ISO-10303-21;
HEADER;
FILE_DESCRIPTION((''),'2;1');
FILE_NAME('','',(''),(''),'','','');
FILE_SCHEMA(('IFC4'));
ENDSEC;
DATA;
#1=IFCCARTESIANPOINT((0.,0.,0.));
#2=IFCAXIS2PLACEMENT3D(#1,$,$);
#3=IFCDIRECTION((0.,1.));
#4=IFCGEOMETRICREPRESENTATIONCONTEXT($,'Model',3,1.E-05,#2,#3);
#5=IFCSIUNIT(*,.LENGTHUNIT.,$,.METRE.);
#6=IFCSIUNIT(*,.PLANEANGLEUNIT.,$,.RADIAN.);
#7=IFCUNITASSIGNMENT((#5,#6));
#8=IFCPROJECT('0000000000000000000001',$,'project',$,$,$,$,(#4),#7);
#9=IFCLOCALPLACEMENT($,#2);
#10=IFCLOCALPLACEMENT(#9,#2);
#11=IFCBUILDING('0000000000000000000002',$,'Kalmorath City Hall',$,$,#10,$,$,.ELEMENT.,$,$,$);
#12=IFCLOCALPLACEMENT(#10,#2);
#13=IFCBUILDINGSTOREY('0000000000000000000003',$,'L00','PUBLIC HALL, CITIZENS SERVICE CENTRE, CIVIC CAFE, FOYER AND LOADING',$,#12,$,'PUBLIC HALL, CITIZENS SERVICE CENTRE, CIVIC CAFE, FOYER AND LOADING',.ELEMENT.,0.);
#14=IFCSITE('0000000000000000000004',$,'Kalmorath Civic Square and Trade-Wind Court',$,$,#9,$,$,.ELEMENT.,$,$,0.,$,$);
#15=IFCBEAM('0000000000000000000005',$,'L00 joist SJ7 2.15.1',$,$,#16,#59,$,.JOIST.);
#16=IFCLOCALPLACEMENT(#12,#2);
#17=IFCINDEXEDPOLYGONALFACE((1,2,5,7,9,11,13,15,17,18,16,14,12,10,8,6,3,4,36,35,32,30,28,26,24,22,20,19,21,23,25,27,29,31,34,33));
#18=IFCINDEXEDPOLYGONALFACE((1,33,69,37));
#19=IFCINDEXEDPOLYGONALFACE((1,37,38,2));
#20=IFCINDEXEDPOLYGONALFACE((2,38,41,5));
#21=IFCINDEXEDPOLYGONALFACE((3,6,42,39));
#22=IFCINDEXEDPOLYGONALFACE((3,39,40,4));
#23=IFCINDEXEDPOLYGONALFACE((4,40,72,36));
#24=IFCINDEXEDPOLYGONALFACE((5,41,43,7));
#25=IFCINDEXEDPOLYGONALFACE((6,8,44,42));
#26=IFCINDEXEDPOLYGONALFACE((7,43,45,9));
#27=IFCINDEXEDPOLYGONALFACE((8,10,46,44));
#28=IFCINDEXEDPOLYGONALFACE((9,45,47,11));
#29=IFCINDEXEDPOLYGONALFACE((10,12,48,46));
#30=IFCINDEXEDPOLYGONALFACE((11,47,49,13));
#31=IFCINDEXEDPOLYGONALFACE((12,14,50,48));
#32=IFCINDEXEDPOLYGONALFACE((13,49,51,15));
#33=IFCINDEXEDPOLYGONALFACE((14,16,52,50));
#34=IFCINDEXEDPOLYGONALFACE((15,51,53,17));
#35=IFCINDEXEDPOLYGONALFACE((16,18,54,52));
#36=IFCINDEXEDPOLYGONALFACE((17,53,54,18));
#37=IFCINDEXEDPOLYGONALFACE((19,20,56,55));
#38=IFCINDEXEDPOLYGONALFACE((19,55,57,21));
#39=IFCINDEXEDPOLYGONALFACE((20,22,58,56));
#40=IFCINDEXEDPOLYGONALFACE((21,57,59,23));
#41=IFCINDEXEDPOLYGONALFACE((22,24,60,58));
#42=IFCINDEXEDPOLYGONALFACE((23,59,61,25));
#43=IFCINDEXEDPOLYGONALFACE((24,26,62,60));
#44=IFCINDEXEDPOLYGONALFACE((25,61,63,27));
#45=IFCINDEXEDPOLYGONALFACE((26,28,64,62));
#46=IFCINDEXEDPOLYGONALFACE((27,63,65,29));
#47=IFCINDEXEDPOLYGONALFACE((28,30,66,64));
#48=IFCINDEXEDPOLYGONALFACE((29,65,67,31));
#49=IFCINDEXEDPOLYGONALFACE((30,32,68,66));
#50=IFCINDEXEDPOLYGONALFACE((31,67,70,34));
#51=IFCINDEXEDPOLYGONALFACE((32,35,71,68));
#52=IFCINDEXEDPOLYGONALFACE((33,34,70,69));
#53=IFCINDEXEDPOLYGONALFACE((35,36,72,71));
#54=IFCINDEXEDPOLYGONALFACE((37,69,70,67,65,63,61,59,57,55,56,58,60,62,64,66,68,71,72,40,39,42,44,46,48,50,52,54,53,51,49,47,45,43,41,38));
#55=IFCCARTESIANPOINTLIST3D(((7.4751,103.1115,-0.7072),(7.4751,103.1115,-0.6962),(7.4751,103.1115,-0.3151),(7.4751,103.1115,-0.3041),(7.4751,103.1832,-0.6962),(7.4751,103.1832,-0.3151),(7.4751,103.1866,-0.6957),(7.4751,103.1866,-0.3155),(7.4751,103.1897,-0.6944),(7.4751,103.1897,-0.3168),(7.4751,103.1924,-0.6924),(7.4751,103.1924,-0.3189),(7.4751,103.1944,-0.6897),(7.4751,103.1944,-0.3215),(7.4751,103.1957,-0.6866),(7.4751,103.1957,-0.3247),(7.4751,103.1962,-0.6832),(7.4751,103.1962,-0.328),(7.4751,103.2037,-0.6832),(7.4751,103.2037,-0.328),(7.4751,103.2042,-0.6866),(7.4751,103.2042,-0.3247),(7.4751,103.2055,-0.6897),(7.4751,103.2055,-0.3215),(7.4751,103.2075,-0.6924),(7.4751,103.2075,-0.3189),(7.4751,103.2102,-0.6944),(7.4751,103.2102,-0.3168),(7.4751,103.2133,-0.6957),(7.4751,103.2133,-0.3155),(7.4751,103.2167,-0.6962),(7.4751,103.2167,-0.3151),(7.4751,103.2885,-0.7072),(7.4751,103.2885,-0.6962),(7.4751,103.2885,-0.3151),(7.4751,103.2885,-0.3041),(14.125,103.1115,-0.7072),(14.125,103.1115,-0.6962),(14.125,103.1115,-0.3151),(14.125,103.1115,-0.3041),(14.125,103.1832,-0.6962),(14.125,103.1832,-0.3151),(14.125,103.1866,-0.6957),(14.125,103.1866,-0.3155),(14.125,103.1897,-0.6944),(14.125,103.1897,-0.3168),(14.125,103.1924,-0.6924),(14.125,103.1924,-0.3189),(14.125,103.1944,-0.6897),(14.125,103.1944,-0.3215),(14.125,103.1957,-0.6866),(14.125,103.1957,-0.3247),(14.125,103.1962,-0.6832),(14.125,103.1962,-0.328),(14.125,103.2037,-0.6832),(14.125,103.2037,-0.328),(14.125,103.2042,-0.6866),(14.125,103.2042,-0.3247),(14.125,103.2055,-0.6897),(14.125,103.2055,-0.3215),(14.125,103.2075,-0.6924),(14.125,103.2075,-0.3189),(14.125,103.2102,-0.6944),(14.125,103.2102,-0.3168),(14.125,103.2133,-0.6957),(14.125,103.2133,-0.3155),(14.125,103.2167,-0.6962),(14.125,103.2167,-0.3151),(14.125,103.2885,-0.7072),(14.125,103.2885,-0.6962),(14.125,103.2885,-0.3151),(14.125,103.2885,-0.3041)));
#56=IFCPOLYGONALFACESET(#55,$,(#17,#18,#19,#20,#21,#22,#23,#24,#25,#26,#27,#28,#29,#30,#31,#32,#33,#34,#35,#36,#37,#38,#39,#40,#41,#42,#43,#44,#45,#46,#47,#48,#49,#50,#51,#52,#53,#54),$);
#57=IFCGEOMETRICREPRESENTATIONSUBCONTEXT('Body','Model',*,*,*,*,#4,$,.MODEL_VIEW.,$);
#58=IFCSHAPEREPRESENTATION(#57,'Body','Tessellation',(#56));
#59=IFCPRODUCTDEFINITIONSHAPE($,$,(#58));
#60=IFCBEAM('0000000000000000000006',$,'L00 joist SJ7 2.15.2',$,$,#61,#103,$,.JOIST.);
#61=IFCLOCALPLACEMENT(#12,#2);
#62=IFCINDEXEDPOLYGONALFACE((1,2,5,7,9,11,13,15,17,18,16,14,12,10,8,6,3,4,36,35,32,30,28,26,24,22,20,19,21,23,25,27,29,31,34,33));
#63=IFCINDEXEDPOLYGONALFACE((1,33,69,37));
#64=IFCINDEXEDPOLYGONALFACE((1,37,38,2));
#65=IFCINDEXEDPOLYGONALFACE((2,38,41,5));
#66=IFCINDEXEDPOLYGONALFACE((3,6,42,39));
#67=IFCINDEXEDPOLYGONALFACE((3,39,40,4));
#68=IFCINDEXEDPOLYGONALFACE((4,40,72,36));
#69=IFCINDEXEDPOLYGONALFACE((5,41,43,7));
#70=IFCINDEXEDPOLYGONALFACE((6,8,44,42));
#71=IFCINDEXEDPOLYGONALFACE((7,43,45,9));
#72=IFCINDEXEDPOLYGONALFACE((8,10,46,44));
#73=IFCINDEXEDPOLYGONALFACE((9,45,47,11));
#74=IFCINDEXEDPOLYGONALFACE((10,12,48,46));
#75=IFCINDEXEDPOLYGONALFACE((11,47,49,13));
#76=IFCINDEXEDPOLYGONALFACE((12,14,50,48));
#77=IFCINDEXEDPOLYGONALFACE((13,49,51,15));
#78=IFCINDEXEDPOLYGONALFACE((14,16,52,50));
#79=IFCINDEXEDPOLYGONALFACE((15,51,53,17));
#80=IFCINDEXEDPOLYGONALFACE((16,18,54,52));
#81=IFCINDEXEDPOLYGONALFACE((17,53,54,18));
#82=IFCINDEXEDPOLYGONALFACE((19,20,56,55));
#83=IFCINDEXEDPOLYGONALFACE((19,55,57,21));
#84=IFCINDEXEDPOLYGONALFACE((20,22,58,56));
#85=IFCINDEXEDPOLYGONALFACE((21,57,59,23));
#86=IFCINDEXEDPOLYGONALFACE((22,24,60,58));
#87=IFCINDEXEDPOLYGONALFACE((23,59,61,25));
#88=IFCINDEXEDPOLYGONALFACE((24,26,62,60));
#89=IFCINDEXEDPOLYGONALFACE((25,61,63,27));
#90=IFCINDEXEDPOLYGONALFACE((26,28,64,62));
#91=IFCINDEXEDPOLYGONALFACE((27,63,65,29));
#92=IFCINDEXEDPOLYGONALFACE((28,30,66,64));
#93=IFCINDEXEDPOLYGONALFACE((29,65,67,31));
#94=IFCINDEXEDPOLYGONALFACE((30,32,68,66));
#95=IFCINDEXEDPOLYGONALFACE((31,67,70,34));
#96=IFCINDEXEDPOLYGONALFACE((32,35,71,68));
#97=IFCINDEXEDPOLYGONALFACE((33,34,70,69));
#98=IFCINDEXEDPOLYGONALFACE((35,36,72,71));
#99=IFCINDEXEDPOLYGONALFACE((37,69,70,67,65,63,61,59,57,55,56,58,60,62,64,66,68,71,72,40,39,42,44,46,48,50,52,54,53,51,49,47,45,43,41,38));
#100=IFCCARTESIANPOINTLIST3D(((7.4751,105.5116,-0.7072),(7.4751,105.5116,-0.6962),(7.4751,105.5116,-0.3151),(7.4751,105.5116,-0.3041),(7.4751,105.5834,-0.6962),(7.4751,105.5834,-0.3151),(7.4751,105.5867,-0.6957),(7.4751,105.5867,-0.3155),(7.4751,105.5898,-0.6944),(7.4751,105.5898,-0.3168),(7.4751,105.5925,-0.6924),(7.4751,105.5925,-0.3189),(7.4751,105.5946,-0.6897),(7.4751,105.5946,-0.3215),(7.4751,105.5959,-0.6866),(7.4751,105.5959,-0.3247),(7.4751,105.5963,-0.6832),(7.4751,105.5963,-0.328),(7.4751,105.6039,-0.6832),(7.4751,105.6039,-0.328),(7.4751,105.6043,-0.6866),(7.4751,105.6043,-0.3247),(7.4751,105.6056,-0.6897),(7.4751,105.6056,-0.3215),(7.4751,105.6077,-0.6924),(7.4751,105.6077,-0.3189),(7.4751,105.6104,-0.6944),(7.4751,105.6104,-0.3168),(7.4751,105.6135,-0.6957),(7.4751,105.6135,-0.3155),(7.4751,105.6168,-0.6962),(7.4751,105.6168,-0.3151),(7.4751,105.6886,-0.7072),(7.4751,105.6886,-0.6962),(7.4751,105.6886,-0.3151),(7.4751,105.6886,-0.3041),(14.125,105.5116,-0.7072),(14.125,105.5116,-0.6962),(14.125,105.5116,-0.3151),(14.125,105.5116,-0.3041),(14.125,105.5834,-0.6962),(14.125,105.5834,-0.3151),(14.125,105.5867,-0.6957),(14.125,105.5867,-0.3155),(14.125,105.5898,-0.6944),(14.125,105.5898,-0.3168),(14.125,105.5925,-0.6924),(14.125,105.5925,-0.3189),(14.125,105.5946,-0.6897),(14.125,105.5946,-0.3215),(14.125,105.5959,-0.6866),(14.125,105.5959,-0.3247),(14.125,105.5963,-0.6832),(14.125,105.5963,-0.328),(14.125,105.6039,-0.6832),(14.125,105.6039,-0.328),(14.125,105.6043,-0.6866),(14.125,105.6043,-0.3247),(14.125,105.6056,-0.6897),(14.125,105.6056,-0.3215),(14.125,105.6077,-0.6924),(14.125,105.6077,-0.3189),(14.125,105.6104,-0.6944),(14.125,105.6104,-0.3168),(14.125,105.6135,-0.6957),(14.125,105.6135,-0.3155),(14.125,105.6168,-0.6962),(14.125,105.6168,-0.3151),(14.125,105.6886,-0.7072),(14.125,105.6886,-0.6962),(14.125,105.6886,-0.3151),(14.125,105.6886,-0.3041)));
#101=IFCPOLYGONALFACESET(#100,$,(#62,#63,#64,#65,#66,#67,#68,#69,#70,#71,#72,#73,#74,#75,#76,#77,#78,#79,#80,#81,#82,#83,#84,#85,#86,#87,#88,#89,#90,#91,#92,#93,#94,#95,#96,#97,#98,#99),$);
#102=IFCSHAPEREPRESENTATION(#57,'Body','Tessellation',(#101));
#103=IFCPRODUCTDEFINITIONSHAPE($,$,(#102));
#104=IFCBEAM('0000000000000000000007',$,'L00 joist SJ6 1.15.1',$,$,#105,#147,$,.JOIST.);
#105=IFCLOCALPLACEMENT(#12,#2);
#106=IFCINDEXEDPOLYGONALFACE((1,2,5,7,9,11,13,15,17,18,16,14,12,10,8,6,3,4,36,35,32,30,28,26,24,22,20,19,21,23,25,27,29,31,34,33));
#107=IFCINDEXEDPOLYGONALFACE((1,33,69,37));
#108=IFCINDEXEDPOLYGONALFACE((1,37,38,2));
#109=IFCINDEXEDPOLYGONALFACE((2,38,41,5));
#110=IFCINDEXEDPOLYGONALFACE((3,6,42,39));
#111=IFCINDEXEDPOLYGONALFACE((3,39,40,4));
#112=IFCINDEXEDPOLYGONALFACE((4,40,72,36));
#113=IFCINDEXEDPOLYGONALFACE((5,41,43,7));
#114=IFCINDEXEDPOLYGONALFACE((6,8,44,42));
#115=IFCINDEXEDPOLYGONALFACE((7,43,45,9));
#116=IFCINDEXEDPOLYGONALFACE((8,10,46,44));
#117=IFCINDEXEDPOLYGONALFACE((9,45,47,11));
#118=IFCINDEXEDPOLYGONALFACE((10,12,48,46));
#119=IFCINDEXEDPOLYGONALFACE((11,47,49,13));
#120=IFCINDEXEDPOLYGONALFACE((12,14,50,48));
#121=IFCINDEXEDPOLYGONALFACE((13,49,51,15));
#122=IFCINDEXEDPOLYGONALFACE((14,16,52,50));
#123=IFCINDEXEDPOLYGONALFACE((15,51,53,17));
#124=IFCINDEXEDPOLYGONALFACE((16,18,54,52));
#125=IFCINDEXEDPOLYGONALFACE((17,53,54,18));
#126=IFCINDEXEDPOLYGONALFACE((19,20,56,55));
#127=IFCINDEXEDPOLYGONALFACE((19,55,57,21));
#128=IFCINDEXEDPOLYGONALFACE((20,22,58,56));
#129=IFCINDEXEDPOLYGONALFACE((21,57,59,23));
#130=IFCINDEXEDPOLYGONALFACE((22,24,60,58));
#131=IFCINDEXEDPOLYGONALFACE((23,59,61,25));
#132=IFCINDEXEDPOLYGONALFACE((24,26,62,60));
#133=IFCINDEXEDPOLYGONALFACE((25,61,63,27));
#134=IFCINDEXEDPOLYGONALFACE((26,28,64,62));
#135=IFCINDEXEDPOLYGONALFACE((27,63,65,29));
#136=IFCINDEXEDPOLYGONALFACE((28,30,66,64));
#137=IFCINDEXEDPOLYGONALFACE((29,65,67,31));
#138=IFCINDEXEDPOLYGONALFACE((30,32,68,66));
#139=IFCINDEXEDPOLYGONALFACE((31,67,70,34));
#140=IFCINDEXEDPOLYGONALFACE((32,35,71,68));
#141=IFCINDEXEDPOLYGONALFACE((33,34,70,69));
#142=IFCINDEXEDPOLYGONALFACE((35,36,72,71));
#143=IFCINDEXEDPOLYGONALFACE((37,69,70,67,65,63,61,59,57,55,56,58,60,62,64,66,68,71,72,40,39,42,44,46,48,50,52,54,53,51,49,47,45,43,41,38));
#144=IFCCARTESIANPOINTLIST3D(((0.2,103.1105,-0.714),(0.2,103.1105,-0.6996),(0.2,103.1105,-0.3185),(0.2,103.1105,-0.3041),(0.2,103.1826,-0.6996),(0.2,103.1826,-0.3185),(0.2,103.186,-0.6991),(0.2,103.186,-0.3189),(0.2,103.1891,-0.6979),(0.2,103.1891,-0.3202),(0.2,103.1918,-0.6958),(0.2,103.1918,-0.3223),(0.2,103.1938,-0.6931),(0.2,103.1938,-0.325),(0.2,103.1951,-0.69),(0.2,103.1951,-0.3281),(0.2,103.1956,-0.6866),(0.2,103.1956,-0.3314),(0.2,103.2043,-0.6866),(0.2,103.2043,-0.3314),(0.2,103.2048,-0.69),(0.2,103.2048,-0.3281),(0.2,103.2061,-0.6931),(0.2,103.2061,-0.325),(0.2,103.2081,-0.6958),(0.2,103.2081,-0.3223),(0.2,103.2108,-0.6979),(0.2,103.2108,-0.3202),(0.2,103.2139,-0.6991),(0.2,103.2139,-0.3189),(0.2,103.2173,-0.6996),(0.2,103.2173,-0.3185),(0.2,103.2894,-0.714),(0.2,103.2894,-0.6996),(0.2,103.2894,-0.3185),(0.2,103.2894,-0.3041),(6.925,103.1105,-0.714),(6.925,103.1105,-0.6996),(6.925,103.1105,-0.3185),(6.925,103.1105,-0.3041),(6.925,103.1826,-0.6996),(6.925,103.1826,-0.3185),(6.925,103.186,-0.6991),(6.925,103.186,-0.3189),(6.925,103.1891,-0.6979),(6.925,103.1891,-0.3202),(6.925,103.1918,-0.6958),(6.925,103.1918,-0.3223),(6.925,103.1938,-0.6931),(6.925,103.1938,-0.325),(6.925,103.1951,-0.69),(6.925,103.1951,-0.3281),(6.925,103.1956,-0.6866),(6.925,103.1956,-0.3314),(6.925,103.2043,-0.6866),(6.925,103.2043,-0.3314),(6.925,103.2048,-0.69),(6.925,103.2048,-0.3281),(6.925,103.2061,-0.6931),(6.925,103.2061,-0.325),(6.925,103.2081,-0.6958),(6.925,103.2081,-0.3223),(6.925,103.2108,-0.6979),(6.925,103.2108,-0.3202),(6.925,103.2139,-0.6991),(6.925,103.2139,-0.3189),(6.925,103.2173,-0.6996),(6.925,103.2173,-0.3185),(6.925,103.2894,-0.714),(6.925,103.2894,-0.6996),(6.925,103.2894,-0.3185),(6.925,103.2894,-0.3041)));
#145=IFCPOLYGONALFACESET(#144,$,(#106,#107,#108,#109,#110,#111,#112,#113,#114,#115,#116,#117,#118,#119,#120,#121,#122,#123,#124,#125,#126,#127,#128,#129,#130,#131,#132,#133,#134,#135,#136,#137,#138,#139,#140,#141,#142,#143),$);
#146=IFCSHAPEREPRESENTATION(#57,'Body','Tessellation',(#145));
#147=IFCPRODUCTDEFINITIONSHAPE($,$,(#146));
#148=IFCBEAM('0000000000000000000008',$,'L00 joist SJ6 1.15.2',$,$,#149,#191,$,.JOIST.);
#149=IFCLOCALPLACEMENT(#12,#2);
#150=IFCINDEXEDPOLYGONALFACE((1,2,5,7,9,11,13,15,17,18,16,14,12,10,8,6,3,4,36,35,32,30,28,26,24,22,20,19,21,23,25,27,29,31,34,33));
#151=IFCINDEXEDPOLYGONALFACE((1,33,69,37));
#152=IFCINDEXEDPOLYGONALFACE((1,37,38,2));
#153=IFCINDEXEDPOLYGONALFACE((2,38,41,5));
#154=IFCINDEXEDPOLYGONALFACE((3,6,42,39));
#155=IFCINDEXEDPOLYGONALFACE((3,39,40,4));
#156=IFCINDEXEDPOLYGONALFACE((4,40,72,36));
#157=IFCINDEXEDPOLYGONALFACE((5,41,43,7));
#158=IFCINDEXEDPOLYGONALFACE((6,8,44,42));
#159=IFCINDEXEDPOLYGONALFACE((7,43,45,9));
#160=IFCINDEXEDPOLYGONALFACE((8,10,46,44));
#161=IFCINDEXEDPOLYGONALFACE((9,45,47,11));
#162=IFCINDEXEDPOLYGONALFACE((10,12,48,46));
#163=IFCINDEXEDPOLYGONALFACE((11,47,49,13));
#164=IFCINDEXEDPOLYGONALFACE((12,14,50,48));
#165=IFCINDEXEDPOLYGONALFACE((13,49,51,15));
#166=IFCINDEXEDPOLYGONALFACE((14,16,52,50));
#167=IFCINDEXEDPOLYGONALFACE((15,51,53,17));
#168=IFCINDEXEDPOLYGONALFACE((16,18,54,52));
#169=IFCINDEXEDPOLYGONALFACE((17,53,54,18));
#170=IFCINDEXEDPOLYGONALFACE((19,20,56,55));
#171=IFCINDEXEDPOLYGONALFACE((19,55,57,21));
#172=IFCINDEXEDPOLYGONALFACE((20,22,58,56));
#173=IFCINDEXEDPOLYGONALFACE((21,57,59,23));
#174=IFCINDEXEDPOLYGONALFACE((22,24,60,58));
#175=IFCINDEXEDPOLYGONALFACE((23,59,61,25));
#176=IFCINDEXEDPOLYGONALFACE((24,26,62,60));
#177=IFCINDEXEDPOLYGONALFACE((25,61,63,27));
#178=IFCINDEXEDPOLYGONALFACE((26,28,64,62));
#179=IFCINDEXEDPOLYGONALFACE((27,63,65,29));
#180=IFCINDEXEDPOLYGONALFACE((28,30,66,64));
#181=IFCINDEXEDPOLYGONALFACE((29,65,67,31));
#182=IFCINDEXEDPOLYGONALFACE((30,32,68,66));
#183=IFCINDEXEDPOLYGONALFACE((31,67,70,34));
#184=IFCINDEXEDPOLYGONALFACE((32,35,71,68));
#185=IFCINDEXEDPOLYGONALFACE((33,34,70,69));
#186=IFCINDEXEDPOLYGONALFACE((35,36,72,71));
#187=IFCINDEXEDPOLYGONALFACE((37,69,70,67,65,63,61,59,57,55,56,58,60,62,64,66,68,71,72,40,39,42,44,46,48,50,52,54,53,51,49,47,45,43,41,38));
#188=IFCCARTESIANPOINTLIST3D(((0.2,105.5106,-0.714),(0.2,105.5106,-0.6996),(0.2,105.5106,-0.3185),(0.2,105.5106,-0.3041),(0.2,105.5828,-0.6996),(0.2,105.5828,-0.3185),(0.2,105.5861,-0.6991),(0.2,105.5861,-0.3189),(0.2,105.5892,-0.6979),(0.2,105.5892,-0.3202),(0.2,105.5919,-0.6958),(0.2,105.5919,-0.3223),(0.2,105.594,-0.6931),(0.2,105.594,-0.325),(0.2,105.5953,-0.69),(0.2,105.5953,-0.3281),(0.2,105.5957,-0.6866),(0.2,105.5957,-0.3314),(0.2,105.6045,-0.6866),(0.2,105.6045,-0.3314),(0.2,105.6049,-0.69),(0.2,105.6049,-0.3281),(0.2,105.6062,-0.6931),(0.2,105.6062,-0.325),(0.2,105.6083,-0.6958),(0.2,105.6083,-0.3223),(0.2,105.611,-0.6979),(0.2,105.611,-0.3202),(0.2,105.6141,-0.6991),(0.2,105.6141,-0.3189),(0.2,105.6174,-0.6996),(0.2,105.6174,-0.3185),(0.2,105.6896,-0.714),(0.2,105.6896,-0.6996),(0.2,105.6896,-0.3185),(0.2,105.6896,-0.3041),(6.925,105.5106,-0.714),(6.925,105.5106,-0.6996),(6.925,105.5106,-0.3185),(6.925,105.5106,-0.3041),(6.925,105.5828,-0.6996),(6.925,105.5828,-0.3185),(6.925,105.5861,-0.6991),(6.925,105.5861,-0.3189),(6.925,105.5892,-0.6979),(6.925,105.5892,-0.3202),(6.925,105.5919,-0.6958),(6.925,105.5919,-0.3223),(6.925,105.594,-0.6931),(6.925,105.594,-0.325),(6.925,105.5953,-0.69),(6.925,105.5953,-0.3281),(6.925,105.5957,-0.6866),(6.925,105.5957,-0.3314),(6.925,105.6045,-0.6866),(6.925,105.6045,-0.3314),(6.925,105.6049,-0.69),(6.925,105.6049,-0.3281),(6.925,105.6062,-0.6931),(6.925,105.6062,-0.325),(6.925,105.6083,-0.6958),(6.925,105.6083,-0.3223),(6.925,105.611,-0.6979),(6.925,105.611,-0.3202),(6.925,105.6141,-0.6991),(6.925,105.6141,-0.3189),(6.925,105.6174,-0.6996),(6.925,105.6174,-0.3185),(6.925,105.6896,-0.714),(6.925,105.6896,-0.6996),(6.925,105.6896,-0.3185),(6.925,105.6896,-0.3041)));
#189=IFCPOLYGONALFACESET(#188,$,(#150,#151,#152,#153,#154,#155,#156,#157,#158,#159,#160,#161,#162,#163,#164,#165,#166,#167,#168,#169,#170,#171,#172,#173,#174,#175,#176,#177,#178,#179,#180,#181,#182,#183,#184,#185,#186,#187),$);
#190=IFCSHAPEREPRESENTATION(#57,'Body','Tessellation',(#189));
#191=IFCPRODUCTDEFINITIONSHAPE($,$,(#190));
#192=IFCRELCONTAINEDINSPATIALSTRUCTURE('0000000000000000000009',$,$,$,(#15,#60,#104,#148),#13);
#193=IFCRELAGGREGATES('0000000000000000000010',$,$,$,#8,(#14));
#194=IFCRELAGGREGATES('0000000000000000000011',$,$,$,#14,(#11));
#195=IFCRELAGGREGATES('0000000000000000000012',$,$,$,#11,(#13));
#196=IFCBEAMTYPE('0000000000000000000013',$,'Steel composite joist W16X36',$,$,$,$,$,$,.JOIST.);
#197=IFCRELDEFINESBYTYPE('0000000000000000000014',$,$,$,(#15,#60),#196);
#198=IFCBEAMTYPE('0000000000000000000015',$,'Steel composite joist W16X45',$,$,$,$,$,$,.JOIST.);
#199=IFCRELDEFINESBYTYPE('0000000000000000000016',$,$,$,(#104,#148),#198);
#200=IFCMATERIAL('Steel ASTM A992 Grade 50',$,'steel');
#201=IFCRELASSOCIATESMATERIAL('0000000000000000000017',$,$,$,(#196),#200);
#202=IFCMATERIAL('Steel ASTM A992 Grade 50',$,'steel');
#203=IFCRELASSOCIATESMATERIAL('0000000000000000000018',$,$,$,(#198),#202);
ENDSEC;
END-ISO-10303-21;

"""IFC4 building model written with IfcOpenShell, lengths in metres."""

from ifc_helpers import new_model, si_unit, direction, frame, origin, origin_2d, place, context, subcontext, project, spatial, i_section, extrude, material, material_profile, profile_set, type_object, element, save


model = new_model("IFC4")

# Units and contexts
model_context = context("Model", 3, precision=1e-05, world=origin(), true_north=direction((0.0, 1.0)))
body_context = subcontext(model_context, "Body", "Model", "MODEL_VIEW")
ifc_project = project(units=[si_unit("LENGTHUNIT", "METRE"), si_unit("PLANEANGLEUNIT", "RADIAN")], contexts=[model_context])

# Site, building, storey
site_placement = place(None, origin())
site = spatial("IfcSite", under=ifc_project, at=site_placement, Name="Kalmorath Civic Square and Trade-Wind Court", CompositionType="ELEMENT", RefElevation=0.0)
building_placement = place(site_placement, origin())
building = spatial("IfcBuilding", under=site, at=building_placement, Name="Kalmorath City Hall", CompositionType="ELEMENT")
storey_placement = place(building_placement, origin())
storey = spatial("IfcBuildingStorey", under=building, at=storey_placement, Name="L00", Description="PUBLIC HALL, CITIZENS SERVICE CENTRE, CIVIC CAFE, FOYER AND LOADING", LongName="PUBLIC HALL, CITIZENS SERVICE CENTRE, CIVIC CAFE, FOYER AND LOADING", CompositionType="ELEMENT", Elevation=0.0)

# Beams
ifc_material_1 = material(Name="Steel ASTM A992 Grade 50", Category="steel")
ifc_material_profile_1 = material_profile(ifc_material_1, i_section(OverallWidth=0.177, OverallDepth=0.4031, WebThickness=0.0076, FlangeThickness=0.011, FilletRadius=0.0129, at=origin_2d()), Name="W16X36")
ifc_profile_set_1 = profile_set([ifc_material_profile_1], Name="Steel ASTM A992 Grade 50")
beam_type_1 = type_object("IfcBeamType", Name="Steel composite joist W16X36", PredefinedType="JOIST", material=ifc_profile_set_1)
for number, where, z_axis, x_axis, name in (
    (1, (7.4751, 103.2, -0.5056), (1.0, 0.0, 0.0), (0.0, 1.0, 0.0), "L00 joist SJ7 2.15.1"),
    (2, (7.4751, 105.6001, -0.5056), (1.0, 0.0, 0.0), (0.0, 1.0, 0.0), "L00 joist SJ7 2.15.2"),
):
    element("IfcBeam", number, at=place(storey_placement, frame(where, z_axis=z_axis, x_axis=x_axis)), inside=storey, type_object=beam_type_1, Name=name, PredefinedType="JOIST", context=body_context, shape_type="SweptSolid", body=[
        extrude(i_section(OverallWidth=0.177, OverallDepth=0.4031, WebThickness=0.0076, FlangeThickness=0.011, FilletRadius=0.0129, at=origin_2d()), origin(), (0.0, 0.0, 1.0), 6.6499),
    ])
ifc_material_2 = material(Name="Steel ASTM A992 Grade 50", Category="steel")
ifc_material_profile_2 = material_profile(ifc_material_2, i_section(OverallWidth=0.179, OverallDepth=0.4099, WebThickness=0.0088, FlangeThickness=0.0144, FilletRadius=0.0129, at=origin_2d()), Name="W16X45")
ifc_profile_set_2 = profile_set([ifc_material_profile_2], Name="Steel ASTM A992 Grade 50")
beam_type_2 = type_object("IfcBeamType", Name="Steel composite joist W16X45", PredefinedType="JOIST", material=ifc_profile_set_2)
for number, where, z_axis, x_axis, name in (
    (3, (0.2, 103.2, -0.509), (1.0, 0.0, 0.0), (0.0, 1.0, 0.0), "L00 joist SJ6 1.15.1"),
    (4, (0.2, 105.6001, -0.509), (1.0, 0.0, 0.0), (0.0, 1.0, 0.0), "L00 joist SJ6 1.15.2"),
):
    element("IfcBeam", number, at=place(storey_placement, frame(where, z_axis=z_axis, x_axis=x_axis)), inside=storey, type_object=beam_type_2, Name=name, PredefinedType="JOIST", context=body_context, shape_type="SweptSolid", body=[
        extrude(i_section(OverallWidth=0.179, OverallDepth=0.4099, WebThickness=0.0088, FlangeThickness=0.0144, FilletRadius=0.0129, at=origin_2d()), origin(), (0.0, 0.0, 1.0), 6.7251),
    ])

save(model, "model.ifc")
